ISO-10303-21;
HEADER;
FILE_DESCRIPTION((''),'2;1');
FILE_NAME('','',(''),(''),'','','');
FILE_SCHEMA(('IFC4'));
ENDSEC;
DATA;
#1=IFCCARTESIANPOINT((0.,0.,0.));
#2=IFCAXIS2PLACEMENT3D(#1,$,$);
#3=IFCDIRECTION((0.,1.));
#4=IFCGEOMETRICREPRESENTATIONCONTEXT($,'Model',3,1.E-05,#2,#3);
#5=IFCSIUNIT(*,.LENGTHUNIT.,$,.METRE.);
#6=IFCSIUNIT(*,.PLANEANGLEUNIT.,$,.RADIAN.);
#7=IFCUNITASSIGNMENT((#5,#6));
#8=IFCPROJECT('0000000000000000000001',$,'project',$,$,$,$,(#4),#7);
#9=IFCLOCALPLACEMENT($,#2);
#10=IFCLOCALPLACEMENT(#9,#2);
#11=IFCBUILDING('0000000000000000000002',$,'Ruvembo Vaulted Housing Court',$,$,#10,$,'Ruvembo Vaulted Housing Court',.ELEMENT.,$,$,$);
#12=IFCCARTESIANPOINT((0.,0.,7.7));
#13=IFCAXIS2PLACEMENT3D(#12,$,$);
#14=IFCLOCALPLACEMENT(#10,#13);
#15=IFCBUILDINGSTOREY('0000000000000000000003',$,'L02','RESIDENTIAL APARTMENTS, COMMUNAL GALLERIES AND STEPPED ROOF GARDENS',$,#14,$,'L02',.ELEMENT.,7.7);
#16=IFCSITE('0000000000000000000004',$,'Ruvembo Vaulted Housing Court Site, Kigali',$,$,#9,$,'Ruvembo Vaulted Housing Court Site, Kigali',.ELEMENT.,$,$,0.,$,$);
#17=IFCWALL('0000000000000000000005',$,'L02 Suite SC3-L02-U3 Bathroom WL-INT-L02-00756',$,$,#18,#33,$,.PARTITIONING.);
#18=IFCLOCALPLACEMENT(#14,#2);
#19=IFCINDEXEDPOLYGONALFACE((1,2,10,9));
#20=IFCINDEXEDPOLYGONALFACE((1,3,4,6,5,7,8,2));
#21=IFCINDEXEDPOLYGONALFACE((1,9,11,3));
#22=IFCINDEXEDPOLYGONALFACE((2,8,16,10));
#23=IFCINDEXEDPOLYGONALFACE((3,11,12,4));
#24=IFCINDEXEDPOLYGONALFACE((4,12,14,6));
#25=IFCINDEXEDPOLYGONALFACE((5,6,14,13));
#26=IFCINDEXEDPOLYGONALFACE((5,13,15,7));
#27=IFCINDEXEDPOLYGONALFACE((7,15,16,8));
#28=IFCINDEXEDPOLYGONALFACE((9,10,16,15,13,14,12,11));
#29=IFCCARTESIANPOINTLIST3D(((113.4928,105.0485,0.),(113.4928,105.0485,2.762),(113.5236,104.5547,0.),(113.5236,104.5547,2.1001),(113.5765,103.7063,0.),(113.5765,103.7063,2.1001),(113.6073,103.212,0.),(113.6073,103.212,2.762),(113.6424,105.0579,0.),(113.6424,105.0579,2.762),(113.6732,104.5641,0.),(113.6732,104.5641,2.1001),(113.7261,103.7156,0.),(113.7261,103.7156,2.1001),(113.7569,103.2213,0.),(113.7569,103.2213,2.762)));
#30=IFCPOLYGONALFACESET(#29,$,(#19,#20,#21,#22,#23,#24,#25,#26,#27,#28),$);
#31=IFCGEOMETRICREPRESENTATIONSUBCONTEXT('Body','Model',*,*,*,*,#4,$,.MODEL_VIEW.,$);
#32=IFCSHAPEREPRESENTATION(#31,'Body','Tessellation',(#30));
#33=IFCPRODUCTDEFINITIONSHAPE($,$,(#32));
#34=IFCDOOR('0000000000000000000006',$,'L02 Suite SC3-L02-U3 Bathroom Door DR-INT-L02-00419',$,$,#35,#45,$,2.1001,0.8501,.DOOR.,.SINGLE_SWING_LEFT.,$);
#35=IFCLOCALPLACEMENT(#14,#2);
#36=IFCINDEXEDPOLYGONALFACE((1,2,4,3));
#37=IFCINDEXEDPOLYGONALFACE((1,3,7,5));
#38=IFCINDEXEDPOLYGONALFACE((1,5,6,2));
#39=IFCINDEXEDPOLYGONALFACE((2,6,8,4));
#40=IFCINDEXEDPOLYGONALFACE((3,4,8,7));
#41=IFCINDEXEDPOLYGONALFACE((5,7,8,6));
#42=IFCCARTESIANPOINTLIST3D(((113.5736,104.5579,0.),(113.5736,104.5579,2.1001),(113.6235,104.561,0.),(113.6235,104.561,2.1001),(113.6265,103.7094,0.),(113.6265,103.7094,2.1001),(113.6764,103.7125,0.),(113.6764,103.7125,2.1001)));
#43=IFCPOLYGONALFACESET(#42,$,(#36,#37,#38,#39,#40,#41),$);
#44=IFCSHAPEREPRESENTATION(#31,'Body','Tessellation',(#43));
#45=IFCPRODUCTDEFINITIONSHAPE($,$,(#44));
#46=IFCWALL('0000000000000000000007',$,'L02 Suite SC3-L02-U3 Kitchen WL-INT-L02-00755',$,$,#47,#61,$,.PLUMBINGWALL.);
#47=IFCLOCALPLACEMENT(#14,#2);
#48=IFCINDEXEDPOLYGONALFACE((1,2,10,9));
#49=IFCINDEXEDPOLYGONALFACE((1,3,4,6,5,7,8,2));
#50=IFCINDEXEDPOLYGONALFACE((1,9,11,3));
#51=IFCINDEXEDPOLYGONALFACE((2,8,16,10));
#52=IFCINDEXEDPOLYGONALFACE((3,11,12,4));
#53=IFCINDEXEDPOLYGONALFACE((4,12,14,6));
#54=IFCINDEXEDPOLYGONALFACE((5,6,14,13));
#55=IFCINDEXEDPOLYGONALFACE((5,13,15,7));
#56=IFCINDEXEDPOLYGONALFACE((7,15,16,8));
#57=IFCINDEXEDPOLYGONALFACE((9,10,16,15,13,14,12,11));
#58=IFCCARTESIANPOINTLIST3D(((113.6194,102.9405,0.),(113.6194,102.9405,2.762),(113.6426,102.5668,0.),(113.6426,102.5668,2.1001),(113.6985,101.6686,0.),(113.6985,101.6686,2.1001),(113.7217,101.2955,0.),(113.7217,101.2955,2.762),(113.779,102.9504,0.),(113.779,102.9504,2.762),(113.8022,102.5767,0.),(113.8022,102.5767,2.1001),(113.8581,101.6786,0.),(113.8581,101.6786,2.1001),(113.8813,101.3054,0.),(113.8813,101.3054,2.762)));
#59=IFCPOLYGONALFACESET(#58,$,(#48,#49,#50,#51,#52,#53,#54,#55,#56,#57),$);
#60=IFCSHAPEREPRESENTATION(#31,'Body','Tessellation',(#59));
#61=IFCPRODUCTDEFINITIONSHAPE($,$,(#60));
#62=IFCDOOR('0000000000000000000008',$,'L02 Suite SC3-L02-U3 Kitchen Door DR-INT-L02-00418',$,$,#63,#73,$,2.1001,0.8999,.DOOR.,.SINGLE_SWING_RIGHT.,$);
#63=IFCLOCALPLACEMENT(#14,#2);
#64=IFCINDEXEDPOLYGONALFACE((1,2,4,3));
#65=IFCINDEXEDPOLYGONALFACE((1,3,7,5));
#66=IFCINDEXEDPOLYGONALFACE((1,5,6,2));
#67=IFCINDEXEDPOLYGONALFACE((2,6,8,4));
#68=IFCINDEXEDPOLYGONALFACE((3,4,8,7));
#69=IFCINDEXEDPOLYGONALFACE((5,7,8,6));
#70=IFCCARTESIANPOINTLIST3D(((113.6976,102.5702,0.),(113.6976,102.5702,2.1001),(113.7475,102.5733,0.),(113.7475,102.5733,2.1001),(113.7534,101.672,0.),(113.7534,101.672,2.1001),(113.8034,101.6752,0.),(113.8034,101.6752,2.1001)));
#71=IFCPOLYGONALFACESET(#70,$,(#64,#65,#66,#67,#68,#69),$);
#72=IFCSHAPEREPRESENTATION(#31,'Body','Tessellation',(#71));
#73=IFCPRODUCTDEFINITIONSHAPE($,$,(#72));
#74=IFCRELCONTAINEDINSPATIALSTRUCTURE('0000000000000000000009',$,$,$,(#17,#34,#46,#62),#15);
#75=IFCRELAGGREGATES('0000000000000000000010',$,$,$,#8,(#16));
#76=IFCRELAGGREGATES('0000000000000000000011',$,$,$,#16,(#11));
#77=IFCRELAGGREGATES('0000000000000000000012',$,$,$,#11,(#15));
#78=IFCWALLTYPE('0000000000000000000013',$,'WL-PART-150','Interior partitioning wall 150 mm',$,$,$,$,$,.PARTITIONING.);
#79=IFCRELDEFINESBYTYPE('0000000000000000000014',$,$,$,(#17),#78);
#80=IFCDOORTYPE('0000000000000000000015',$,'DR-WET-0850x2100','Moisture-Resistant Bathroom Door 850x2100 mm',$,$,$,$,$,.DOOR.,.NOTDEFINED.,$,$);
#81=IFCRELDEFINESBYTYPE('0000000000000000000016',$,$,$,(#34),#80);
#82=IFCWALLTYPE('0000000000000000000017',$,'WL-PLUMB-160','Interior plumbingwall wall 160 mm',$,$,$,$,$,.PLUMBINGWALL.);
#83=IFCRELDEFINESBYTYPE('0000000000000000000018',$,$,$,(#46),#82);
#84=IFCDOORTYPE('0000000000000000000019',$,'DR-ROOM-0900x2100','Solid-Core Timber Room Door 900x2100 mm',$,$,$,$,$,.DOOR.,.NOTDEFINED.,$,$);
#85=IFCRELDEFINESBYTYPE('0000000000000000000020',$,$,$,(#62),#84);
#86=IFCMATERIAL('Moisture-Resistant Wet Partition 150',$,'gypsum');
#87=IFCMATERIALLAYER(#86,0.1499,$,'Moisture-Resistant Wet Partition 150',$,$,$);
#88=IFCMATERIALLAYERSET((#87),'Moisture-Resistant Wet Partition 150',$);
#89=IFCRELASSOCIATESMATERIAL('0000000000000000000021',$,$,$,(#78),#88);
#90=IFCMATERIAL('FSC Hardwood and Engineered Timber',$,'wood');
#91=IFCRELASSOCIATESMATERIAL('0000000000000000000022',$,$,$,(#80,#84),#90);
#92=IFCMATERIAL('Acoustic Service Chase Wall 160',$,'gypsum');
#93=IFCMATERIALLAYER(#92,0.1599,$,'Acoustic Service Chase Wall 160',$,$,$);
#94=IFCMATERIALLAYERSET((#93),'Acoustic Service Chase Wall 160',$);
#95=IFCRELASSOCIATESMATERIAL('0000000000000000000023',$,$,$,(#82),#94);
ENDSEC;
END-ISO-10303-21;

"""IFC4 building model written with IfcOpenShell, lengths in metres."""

from ifc_helpers import new_model, si_unit, direction, frame, frame_2d, origin, place, context, subcontext, project, spatial, rectangle, extrude, material, layer, layer_set, type_object, element, fill, save


model = new_model("IFC4")

# Units and contexts
model_context = context("Model", 3, precision=1e-05, world=origin(), true_north=direction((0.0, 1.0)))
body_context = subcontext(model_context, "Body", "Model", "MODEL_VIEW")
ifc_project = project(units=[si_unit("LENGTHUNIT", "METRE"), si_unit("PLANEANGLEUNIT", "RADIAN")], contexts=[model_context])

# Site, building, storey
site_placement = place(None, origin())
site = spatial("IfcSite", under=ifc_project, at=site_placement, Name="Ruvembo Vaulted Housing Court Site, Kigali", LongName="Ruvembo Vaulted Housing Court Site, Kigali", CompositionType="ELEMENT", RefElevation=0.0)
building_placement = place(site_placement, origin())
building = spatial("IfcBuilding", under=site, at=building_placement, Name="Ruvembo Vaulted Housing Court", LongName="Ruvembo Vaulted Housing Court", CompositionType="ELEMENT")
storey_placement = place(building_placement, frame((0.0, 0.0, 7.7)))
storey = spatial("IfcBuildingStorey", under=building, at=storey_placement, Name="L02", Description="RESIDENTIAL APARTMENTS, COMMUNAL GALLERIES AND STEPPED ROOF GARDENS", LongName="L02", CompositionType="ELEMENT", Elevation=7.7)

# Shared definitions
ifc_material_1 = material(Name="FSC Hardwood and Engineered Timber", Category="wood")

# Walls, openings, doors
ifc_material_2 = material(Name="Moisture-Resistant Wet Partition 150", Category="gypsum")
ifc_layer_1 = layer(ifc_material_2, 0.1499, Name="Moisture-Resistant Wet Partition 150")
ifc_layer_set_1 = layer_set([ifc_layer_1], Name="Moisture-Resistant Wet Partition 150")
wall_type_1 = type_object("IfcWallType", Name="WL-PART-150", Description="Interior partitioning wall 150 mm", PredefinedType="PARTITIONING", material=ifc_layer_set_1)
wall_1_placement = place(storey_placement, frame((113.6821, 103.2168, 0.0), z_axis=(0.0, 0.0, 1.0), x_axis=(-0.06223, 0.998062, 0.0)))
wall_1 = element("IfcWall", 1, at=wall_1_placement, inside=storey, type_object=wall_type_1, Name="L02 Suite SC3-L02-U3 Bathroom WL-INT-L02-00756", PredefinedType="PARTITIONING", context=body_context, shape_type="SweptSolid", body=[
    extrude(rectangle(XDim=1.8401, YDim=0.1499, at=frame_2d((0.9199, 0.0))), origin(), (0.0, 0.0, 1.0), 2.762),
])
opening_1_placement = place(wall_1_placement, frame((0.4951, 0.0, 0.0)))
opening_1 = element("IfcOpeningElement", 2, at=opening_1_placement, cuts=wall_1, PredefinedType="OPENING", context=body_context, shape_type="SweptSolid", body=[
    extrude(rectangle(XDim=0.8501, YDim=2.1001, at=frame_2d((0.425, 1.05))), frame((0.0, 0.085, 0.0), z_axis=(0.0, -1.0, 0.0), x_axis=(1.0, 0.0, 0.0)), (0.0, 0.0, 1.0), 0.1699),
])
door_type_1 = type_object("IfcDoorType", Name="DR-WET-0850x2100", Description="Moisture-Resistant Bathroom Door 850x2100 mm", OperationType="NOTDEFINED", PredefinedType="DOOR", material=ifc_material_1)
door_1_placement = place(opening_1_placement, origin())
door_1 = element("IfcDoor", 3, at=door_1_placement, inside=storey, type_object=door_type_1, Name="L02 Suite SC3-L02-U3 Bathroom Door DR-INT-L02-00419", OperationType="SINGLE_SWING_LEFT", OverallHeight=2.1001, OverallWidth=0.8501, PredefinedType="DOOR", context=body_context, shape_type="SweptSolid", body=[
    extrude(rectangle(XDim=0.8501, YDim=2.1001, at=frame_2d((0.425, 1.05))), frame((0.0, 0.0249, 0.0), z_axis=(0.0, -1.0, 0.0), x_axis=(1.0, 0.0, 0.0)), (0.0, 0.0, 1.0), 0.05),
])
fill(opening_1, door_1)
ifc_material_3 = material(Name="Acoustic Service Chase Wall 160", Category="gypsum")
ifc_layer_2 = layer(ifc_material_3, 0.1599, Name="Acoustic Service Chase Wall 160")
ifc_layer_set_2 = layer_set([ifc_layer_2], Name="Acoustic Service Chase Wall 160")
wall_type_2 = type_object("IfcWallType", Name="WL-PLUMB-160", Description="Interior plumbingwall wall 160 mm", PredefinedType="PLUMBINGWALL", material=ifc_layer_set_2)
wall_2_placement = place(storey_placement, frame((113.8015, 101.3003, 0.0), z_axis=(0.0, 0.0, 1.0), x_axis=(-0.062065, 0.998072, 0.0)))
wall_2 = element("IfcWall", 4, at=wall_2_placement, inside=storey, type_object=wall_type_2, Name="L02 Suite SC3-L02-U3 Kitchen WL-INT-L02-00755", PredefinedType="PLUMBINGWALL", context=body_context, shape_type="SweptSolid", body=[
    extrude(rectangle(XDim=1.6482, YDim=0.1599, at=frame_2d((0.8242, 0.0))), origin(), (0.0, 0.0, 1.0), 2.762),
])
opening_2_placement = place(wall_2_placement, frame((0.374, 0.0, 0.0)))
opening_2 = element("IfcOpeningElement", 5, at=opening_2_placement, cuts=wall_2, PredefinedType="OPENING", context=body_context, shape_type="SweptSolid", body=[
    extrude(rectangle(XDim=0.8999, YDim=2.1001, at=frame_2d((0.45, 1.05))), frame((0.0, 0.0898, 0.0), z_axis=(0.0, -1.0, 0.0), x_axis=(1.0, 0.0, 0.0)), (0.0, 0.0, 1.0), 0.1799),
])
door_type_2 = type_object("IfcDoorType", Name="DR-ROOM-0900x2100", Description="Solid-Core Timber Room Door 900x2100 mm", OperationType="NOTDEFINED", PredefinedType="DOOR", material=ifc_material_1)
door_2_placement = place(opening_2_placement, origin())
door_2 = element("IfcDoor", 6, at=door_2_placement, inside=storey, type_object=door_type_2, Name="L02 Suite SC3-L02-U3 Kitchen Door DR-INT-L02-00418", OperationType="SINGLE_SWING_RIGHT", OverallHeight=2.1001, OverallWidth=0.8999, PredefinedType="DOOR", context=body_context, shape_type="SweptSolid", body=[
    extrude(rectangle(XDim=0.8999, YDim=2.1001, at=frame_2d((0.45, 1.05))), frame((0.0, 0.0249, 0.0), z_axis=(0.0, -1.0, 0.0), x_axis=(1.0, 0.0, 0.0)), (0.0, 0.0, 1.0), 0.05),
])
fill(opening_2, door_2)

save(model, "model.ifc")
